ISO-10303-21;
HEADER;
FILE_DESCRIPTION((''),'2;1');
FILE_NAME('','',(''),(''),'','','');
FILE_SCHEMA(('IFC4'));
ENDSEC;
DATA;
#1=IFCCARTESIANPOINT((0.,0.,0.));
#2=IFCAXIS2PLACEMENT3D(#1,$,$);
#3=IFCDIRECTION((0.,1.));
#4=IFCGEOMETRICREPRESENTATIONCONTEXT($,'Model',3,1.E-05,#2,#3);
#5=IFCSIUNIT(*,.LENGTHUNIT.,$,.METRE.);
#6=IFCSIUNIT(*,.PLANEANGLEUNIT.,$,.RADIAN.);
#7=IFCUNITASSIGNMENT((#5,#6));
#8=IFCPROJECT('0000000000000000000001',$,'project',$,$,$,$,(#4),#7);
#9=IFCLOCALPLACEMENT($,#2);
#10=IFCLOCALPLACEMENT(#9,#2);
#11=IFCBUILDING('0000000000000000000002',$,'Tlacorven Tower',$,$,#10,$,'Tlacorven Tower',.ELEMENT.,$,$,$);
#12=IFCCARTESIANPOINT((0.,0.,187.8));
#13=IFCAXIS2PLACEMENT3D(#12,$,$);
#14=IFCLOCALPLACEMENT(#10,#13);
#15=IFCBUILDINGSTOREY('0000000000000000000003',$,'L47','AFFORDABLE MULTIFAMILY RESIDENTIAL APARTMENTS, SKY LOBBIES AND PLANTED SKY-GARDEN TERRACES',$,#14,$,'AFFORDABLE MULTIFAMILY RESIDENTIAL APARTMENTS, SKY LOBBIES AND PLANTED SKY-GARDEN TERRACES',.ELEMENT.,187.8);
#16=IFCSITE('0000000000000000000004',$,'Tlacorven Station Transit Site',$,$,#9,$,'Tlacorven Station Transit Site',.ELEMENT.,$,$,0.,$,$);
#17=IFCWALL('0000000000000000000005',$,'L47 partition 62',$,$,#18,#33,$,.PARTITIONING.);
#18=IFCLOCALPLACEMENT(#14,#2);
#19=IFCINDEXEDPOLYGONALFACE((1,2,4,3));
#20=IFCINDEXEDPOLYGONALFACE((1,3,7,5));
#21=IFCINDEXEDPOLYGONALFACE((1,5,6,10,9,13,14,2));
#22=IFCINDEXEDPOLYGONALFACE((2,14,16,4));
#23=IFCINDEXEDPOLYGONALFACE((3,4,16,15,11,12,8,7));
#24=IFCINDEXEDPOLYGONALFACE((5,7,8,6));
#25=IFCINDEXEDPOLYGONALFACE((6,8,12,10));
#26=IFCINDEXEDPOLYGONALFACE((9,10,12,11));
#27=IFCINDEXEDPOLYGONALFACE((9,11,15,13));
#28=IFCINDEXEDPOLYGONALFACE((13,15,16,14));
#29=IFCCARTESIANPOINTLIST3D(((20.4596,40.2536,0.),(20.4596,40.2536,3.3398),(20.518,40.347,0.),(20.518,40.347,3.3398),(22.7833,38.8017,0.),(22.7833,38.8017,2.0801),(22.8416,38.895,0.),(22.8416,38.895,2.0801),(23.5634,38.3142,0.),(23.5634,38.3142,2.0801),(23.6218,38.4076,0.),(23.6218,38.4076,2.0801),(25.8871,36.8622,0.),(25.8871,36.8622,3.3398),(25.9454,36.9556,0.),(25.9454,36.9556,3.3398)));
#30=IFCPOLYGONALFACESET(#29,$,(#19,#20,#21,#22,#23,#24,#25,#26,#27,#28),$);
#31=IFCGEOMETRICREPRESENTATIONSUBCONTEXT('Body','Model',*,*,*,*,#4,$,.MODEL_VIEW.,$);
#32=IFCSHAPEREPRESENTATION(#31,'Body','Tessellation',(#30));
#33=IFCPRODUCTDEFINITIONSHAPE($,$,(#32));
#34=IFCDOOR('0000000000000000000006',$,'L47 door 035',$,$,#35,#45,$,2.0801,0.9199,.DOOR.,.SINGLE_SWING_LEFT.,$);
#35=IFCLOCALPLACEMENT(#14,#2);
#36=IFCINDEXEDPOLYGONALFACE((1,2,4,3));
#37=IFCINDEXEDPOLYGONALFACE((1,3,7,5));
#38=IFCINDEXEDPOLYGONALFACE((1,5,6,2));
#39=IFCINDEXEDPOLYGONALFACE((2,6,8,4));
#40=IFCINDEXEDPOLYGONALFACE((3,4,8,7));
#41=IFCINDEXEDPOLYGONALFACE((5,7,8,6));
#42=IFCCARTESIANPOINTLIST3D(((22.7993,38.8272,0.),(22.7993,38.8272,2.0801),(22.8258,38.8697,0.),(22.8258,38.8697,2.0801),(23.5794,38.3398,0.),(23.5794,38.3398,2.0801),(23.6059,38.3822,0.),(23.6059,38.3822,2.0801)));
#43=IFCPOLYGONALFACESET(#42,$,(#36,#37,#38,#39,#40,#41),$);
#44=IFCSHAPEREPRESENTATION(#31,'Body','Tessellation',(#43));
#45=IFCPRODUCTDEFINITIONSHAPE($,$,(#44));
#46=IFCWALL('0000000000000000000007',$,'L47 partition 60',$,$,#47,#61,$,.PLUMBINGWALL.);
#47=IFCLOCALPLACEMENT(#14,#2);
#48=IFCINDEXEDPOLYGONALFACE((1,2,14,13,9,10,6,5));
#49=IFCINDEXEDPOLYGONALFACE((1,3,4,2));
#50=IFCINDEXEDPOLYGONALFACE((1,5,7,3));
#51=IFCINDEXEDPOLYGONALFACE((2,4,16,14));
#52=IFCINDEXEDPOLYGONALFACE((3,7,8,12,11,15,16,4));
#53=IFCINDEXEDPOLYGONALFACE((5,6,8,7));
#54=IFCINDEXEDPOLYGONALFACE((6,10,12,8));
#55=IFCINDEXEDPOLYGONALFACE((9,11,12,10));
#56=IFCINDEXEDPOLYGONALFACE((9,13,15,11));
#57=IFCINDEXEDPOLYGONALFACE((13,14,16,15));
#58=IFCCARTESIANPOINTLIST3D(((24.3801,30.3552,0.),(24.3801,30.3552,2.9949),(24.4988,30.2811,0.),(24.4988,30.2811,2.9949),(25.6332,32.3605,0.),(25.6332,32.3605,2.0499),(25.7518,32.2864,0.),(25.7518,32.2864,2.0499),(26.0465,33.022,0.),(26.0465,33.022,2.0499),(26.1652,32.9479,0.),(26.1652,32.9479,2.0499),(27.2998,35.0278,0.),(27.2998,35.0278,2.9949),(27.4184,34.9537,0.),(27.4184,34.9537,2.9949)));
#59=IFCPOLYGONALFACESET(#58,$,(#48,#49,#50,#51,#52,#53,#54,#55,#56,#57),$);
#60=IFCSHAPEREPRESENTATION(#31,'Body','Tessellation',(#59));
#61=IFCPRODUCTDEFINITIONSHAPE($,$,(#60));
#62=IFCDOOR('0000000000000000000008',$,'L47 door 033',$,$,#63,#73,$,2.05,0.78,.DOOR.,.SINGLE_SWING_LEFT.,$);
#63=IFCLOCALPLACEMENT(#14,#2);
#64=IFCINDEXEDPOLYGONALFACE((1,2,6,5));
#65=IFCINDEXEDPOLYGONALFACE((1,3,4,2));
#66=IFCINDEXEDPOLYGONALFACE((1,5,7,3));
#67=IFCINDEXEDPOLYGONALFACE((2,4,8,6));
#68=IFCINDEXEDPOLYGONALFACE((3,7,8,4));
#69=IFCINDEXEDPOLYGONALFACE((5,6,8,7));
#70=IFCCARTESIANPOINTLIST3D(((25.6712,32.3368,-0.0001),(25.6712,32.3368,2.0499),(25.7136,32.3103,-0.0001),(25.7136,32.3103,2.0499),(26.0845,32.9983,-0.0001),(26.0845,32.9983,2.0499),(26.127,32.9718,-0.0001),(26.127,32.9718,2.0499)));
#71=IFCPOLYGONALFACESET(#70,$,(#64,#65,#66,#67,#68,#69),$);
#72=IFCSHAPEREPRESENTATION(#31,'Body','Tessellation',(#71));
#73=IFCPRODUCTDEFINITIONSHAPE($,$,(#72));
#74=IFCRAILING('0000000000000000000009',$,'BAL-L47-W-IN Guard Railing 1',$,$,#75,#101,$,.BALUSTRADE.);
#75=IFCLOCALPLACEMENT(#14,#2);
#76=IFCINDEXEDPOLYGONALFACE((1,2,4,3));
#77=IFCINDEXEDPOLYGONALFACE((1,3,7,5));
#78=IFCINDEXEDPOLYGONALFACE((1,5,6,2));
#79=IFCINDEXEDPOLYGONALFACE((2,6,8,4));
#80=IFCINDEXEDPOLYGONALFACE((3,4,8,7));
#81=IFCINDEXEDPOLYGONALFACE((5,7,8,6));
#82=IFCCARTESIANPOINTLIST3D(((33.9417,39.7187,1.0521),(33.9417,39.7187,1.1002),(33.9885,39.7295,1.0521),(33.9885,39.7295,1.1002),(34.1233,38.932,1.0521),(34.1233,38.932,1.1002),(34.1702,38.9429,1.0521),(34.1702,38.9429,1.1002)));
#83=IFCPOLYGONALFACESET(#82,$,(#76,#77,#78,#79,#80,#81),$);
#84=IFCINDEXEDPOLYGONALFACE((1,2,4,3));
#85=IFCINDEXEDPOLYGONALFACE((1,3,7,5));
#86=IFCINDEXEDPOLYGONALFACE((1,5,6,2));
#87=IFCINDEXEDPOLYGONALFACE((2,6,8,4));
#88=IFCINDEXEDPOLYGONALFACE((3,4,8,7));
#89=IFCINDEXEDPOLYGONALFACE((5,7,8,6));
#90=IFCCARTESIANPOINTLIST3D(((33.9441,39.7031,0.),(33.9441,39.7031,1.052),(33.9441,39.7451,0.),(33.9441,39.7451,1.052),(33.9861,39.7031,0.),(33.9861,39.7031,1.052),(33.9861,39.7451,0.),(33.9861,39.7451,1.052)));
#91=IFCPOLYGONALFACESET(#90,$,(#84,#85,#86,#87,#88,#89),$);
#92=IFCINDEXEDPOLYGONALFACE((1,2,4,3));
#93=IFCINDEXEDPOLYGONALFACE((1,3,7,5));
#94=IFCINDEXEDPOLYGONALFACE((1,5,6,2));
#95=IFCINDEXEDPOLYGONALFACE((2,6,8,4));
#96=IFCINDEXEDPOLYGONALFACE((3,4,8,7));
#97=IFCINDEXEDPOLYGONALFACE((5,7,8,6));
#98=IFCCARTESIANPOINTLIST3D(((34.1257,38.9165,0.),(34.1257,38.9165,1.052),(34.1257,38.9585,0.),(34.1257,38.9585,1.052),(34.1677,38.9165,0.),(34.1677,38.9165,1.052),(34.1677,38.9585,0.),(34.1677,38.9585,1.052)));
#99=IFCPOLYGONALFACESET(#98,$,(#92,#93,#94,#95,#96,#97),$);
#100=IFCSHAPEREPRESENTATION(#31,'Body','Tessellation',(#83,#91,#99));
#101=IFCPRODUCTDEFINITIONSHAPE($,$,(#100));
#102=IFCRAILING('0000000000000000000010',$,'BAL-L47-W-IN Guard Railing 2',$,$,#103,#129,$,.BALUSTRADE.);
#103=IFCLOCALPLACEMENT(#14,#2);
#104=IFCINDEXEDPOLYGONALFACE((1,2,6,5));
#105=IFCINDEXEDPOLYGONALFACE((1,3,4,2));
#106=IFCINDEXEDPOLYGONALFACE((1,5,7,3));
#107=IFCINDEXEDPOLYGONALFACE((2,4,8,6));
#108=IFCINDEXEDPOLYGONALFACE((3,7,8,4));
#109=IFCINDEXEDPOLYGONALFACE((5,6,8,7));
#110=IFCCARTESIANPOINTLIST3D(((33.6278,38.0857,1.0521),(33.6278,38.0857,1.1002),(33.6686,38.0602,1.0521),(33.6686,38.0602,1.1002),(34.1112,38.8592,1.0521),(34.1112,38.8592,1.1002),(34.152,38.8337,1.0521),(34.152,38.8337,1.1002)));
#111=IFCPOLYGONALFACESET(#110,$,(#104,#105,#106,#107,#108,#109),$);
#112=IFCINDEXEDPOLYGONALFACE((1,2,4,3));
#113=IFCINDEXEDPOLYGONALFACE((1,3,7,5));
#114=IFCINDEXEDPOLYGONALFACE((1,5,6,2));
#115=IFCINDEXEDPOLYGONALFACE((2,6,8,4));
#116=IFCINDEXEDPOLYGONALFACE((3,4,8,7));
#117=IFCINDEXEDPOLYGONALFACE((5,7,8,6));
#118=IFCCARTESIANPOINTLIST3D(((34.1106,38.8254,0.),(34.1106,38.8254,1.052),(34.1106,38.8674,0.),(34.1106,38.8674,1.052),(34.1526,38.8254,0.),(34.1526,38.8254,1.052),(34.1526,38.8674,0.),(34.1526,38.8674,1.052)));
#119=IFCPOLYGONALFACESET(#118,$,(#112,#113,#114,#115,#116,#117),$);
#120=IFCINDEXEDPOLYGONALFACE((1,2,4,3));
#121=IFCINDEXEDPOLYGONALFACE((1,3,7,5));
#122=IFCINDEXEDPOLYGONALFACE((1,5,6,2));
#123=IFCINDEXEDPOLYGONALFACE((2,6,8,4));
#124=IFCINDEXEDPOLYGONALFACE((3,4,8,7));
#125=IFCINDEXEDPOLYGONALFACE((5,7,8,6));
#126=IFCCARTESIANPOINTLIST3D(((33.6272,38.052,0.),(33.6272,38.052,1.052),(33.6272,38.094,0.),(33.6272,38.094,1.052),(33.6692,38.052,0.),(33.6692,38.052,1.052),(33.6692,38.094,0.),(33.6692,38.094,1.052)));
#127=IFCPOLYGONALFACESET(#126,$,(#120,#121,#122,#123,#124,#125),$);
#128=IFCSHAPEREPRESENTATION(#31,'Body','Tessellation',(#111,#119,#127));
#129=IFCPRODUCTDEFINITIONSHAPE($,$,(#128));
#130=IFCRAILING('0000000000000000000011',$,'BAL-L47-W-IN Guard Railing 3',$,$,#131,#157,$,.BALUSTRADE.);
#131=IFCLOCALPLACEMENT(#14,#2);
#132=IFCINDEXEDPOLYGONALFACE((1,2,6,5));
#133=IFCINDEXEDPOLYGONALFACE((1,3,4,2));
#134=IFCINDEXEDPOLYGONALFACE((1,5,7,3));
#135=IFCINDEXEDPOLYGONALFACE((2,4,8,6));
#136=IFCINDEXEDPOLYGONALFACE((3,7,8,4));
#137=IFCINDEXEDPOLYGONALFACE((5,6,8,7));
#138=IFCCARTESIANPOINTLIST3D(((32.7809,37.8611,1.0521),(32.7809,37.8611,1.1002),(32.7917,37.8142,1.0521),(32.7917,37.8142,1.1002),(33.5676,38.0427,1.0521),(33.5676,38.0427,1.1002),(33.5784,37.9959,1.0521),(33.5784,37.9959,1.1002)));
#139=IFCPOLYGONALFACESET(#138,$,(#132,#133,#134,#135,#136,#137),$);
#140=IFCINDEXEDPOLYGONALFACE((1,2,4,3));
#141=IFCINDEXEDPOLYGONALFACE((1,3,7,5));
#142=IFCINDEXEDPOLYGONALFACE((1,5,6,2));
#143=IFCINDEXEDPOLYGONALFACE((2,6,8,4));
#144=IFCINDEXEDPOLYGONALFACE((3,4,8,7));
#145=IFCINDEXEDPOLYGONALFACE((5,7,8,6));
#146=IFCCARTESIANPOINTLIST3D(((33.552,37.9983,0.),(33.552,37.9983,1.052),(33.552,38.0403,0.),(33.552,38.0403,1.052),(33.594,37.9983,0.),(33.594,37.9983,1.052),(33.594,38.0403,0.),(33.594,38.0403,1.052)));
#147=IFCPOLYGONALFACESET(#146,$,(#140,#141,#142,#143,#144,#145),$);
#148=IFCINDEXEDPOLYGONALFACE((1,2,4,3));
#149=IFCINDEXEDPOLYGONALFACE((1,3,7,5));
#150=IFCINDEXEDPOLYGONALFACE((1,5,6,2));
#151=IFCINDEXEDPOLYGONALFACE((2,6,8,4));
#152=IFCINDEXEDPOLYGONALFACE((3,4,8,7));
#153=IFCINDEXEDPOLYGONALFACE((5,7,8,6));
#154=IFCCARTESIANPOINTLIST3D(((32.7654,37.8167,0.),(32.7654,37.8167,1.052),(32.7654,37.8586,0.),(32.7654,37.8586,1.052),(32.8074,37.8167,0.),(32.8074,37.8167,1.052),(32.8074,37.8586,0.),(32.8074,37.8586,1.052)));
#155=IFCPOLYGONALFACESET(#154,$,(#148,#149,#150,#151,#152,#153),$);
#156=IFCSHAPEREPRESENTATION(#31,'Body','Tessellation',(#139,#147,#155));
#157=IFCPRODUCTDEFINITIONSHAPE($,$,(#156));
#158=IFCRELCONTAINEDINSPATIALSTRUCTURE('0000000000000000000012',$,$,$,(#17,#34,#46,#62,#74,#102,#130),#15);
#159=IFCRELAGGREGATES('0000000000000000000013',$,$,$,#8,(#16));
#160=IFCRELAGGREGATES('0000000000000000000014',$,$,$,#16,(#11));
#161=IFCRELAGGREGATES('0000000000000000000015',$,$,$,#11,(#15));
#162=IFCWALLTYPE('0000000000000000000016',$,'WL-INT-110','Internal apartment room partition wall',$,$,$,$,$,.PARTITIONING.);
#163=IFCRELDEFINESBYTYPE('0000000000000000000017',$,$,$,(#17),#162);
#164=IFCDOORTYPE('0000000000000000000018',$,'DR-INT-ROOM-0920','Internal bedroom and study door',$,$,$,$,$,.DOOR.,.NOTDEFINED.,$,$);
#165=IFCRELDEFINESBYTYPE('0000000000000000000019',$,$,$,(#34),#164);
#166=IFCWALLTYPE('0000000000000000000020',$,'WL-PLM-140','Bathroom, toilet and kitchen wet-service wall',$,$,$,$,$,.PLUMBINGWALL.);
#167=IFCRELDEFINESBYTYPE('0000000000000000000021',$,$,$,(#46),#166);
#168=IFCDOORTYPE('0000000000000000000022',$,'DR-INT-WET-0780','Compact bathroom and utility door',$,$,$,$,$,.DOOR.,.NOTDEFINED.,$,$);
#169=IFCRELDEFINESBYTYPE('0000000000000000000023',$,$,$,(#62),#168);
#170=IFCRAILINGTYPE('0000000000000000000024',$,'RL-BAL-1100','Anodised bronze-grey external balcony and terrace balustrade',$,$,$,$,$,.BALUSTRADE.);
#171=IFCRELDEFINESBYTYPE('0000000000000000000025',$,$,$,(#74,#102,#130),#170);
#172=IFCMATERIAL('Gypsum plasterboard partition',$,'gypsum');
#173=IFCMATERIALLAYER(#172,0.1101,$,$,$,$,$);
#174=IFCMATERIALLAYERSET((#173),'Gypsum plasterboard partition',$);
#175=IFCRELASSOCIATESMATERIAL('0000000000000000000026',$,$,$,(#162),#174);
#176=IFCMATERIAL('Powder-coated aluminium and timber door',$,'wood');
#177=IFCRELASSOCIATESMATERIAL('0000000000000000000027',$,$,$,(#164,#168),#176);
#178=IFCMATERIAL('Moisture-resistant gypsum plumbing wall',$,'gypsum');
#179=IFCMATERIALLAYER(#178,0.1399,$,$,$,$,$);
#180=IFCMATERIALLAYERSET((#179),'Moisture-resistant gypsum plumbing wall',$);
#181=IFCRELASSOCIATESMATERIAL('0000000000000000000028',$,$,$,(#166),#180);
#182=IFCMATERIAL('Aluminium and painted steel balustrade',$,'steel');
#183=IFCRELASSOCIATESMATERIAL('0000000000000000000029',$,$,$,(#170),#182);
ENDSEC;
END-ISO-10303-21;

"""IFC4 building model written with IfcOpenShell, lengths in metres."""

from ifc_helpers import new_model, si_unit, direction, frame, frame_2d, origin, origin_2d, place, context, subcontext, project, spatial, rectangle, extrude, source, transform, mapped, material, layer, layer_set, type_object, element, fill, save


model = new_model("IFC4")

# Units and contexts
model_context = context("Model", 3, precision=1e-05, world=origin(), true_north=direction((0.0, 1.0)))
body_context = subcontext(model_context, "Body", "Model", "MODEL_VIEW")
ifc_project = project(units=[si_unit("LENGTHUNIT", "METRE"), si_unit("PLANEANGLEUNIT", "RADIAN")], contexts=[model_context])

# Site, building, storey
site_placement = place(None, origin())
site = spatial("IfcSite", under=ifc_project, at=site_placement, Name="Tlacorven Station Transit Site", LongName="Tlacorven Station Transit Site", CompositionType="ELEMENT", RefElevation=0.0)
building_placement = place(site_placement, origin())
building = spatial("IfcBuilding", under=site, at=building_placement, Name="Tlacorven Tower", LongName="Tlacorven Tower", CompositionType="ELEMENT")
storey_placement = place(building_placement, frame((0.0, 0.0, 187.8)))
storey = spatial("IfcBuildingStorey", under=building, at=storey_placement, Name="L47", Description="AFFORDABLE MULTIFAMILY RESIDENTIAL APARTMENTS, SKY LOBBIES AND PLANTED SKY-GARDEN TERRACES", LongName="AFFORDABLE MULTIFAMILY RESIDENTIAL APARTMENTS, SKY LOBBIES AND PLANTED SKY-GARDEN TERRACES", CompositionType="ELEMENT", Elevation=187.8)

# Walls, openings, doors
ifc_material_1 = material(Name="Gypsum plasterboard partition", Category="gypsum")
ifc_layer_1 = layer(ifc_material_1, 0.1101)
ifc_layer_set_1 = layer_set([ifc_layer_1], Name="Gypsum plasterboard partition")
wall_type_1 = type_object("IfcWallType", Name="WL-INT-110", Description="Internal apartment room partition wall", PredefinedType="PARTITIONING", material=ifc_layer_set_1)
wall_1_placement = place(storey_placement, frame((25.9163, 36.9089, 0.0), z_axis=(0.0, 0.0, 1.0), x_axis=(-0.848056, 0.529906, 0.0)))
wall_1 = element("IfcWall", 1, at=wall_1_placement, inside=storey, type_object=wall_type_1, Name="L47 partition 62", PredefinedType="PARTITIONING", context=body_context, shape_type="SweptSolid", body=[
    extrude(rectangle(XDim=6.3999, YDim=0.1101, at=frame_2d((3.2, 0.0))), origin(), (0.0, 0.0, 1.0), 3.3398),
])
opening_1_placement = place(wall_1_placement, frame((2.74, 0.0, 0.0)))
opening_1 = element("IfcOpeningElement", 2, at=opening_1_placement, cuts=wall_1, PredefinedType="OPENING", context=body_context, shape_type="SweptSolid", body=[
    extrude(rectangle(XDim=0.9199, YDim=2.0801, at=frame_2d((0.46, 1.04))), frame((0.0, 0.0649, 0.0), z_axis=(0.0, -1.0, 0.0), x_axis=(1.0, 0.0, 0.0)), (0.0, 0.0, 1.0), 0.1301),
])
ifc_material_2 = material(Name="Powder-coated aluminium and timber door", Category="wood")
door_type_1 = type_object("IfcDoorType", Name="DR-INT-ROOM-0920", Description="Internal bedroom and study door", OperationType="NOTDEFINED", PredefinedType="DOOR", material=ifc_material_2)
shared_shape_1 = source(origin(), body_context, "Body", "SweptSolid", [
    extrude(rectangle(XDim=0.9199, YDim=2.0801, at=frame_2d((0.46, 1.04))), frame((0.0, 0.0249, 0.0), z_axis=(0.0, -1.0, 0.0), x_axis=(1.0, 0.0, 0.0)), (0.0, 0.0, 1.0), 0.05),
])
door_1_placement = place(opening_1_placement, origin())
door_1 = element("IfcDoor", 3, at=door_1_placement, inside=storey, type_object=door_type_1, Name="L47 door 035", OperationType="SINGLE_SWING_LEFT", OverallHeight=2.0801, OverallWidth=0.9199, PredefinedType="DOOR", context=body_context, shape_type="MappedRepresentation", body=[
    mapped(shared_shape_1, transform((0.0, 0.0, 0.0), scale=1.0)),
])
fill(opening_1, door_1)
ifc_material_3 = material(Name="Moisture-resistant gypsum plumbing wall", Category="gypsum")
ifc_layer_2 = layer(ifc_material_3, 0.1399)
ifc_layer_set_2 = layer_set([ifc_layer_2], Name="Moisture-resistant gypsum plumbing wall")
wall_type_2 = type_object("IfcWallType", Name="WL-PLM-140", Description="Bathroom, toilet and kitchen wet-service wall", PredefinedType="PLUMBINGWALL", material=ifc_layer_set_2)
wall_2_placement = place(storey_placement, frame((27.3591, 34.9907, 0.0), z_axis=(0.0, 0.0, 1.0), x_axis=(-0.529907, -0.848056, 0.0)))
wall_2 = element("IfcWall", 4, at=wall_2_placement, inside=storey, type_object=wall_type_2, Name="L47 partition 60", PredefinedType="PLUMBINGWALL", context=body_context, shape_type="SweptSolid", body=[
    extrude(rectangle(XDim=5.5098, YDim=0.1399, at=frame_2d((2.7549, 0.0))), origin(), (0.0, 0.0, 1.0), 2.9949),
])
opening_2_placement = place(wall_2_placement, frame((2.365, 0.0, 0.0)))
opening_2 = element("IfcOpeningElement", 5, at=opening_2_placement, cuts=wall_2, PredefinedType="OPENING", context=body_context, shape_type="SweptSolid", body=[
    extrude(rectangle(XDim=0.78, YDim=2.05, at=frame_2d((0.3901, 1.0249))), frame((0.0, 0.0801, 0.0), z_axis=(0.0, -1.0, 0.0), x_axis=(1.0, 0.0, 0.0)), (0.0, 0.0, 1.0), 0.1599),
])
door_type_2 = type_object("IfcDoorType", Name="DR-INT-WET-0780", Description="Compact bathroom and utility door", OperationType="NOTDEFINED", PredefinedType="DOOR", material=ifc_material_2)
shared_shape_2 = source(origin(), body_context, "Body", "SweptSolid", [
    extrude(rectangle(XDim=0.78, YDim=2.05, at=frame_2d((0.3901, 1.0249))), frame((0.0, 0.0249, 0.0), z_axis=(0.0, -1.0, 0.0), x_axis=(1.0, 0.0, 0.0)), (0.0, 0.0, 1.0), 0.05),
])
door_2_placement = place(opening_2_placement, origin())
door_2 = element("IfcDoor", 6, at=door_2_placement, inside=storey, type_object=door_type_2, Name="L47 door 033", OperationType="SINGLE_SWING_LEFT", OverallHeight=2.05, OverallWidth=0.78, PredefinedType="DOOR", context=body_context, shape_type="MappedRepresentation", body=[
    mapped(shared_shape_2, transform((0.0, 0.0, 0.0), scale=1.0)),
])
fill(opening_2, door_2)

# Railings
ifc_material_4 = material(Name="Aluminium and painted steel balustrade", Category="steel")
railing_type = type_object("IfcRailingType", Name="RL-BAL-1100", Description="Anodised bronze-grey external balcony and terrace balustrade", PredefinedType="BALUSTRADE", material=ifc_material_4)
shared_shape_3 = source(origin(), body_context, "Body", "SweptSolid", [
    extrude(rectangle(XDim=0.0481, YDim=0.0481, at=origin_2d()), frame((0.0, 0.0, 1.0762), z_axis=(0.224992, -0.974361, 0.0), x_axis=(0.974361, 0.224992, 0.0)), (0.0, 0.0, 1.0), 0.8074),
    extrude(rectangle(XDim=0.042, YDim=0.042, at=origin_2d()), origin(), (0.0, 0.0, 1.0), 1.052),
    extrude(rectangle(XDim=0.042, YDim=0.042, at=origin_2d()), frame((0.1816, -0.7866, 0.0)), (0.0, 0.0, 1.0), 1.052),
])
railing_1_placement = place(storey_placement, frame((33.9651, 39.7241, 0.0)))
element("IfcRailing", 7, at=railing_1_placement, inside=storey, type_object=railing_type, Name="BAL-L47-W-IN Guard Railing 1", PredefinedType="BALUSTRADE", context=body_context, shape_type="MappedRepresentation", body=[
    mapped(shared_shape_3, transform((0.0, 0.0, 0.0), scale=1.0)),
])
shared_shape_4 = source(origin(), body_context, "Body", "SweptSolid", [
    extrude(rectangle(XDim=0.0481, YDim=0.0481, at=origin_2d()), frame((0.0, 0.0, 1.0762), z_axis=(-0.529999, -0.847998, 0.0), x_axis=(0.847998, -0.529999, 0.0)), (0.0, 0.0, 1.0), 0.9121),
    extrude(rectangle(XDim=0.042, YDim=0.042, at=origin_2d()), origin(), (0.0, 0.0, 1.0), 1.052),
    extrude(rectangle(XDim=0.042, YDim=0.042, at=origin_2d()), frame((-0.4834, -0.7734, 0.0)), (0.0, 0.0, 1.0), 1.052),
])
railing_2_placement = place(storey_placement, frame((34.1316, 38.8464, 0.0)))
element("IfcRailing", 8, at=railing_2_placement, inside=storey, type_object=railing_type, Name="BAL-L47-W-IN Guard Railing 2", PredefinedType="BALUSTRADE", context=body_context, shape_type="MappedRepresentation", body=[
    mapped(shared_shape_4, transform((0.0, 0.0, 0.0), scale=1.0)),
])
shared_shape_5 = source(origin(), body_context, "Body", "SweptSolid", [
    extrude(rectangle(XDim=0.0481, YDim=0.0481, at=origin_2d()), frame((0.0, 0.0, 1.0762), z_axis=(-0.974361, -0.224992, 0.0), x_axis=(0.224992, -0.974361, 0.0)), (0.0, 0.0, 1.0), 0.8074),
    extrude(rectangle(XDim=0.042, YDim=0.042, at=origin_2d()), origin(), (0.0, 0.0, 1.0), 1.052),
    extrude(rectangle(XDim=0.042, YDim=0.042, at=origin_2d()), frame((-0.7866, -0.1816, 0.0)), (0.0, 0.0, 1.0), 1.052),
])
railing_3_placement = place(storey_placement, frame((33.573, 38.0193, 0.0)))
element("IfcRailing", 9, at=railing_3_placement, inside=storey, type_object=railing_type, Name="BAL-L47-W-IN Guard Railing 3", PredefinedType="BALUSTRADE", context=body_context, shape_type="MappedRepresentation", body=[
    mapped(shared_shape_5, transform((0.0, 0.0, 0.0), scale=1.0)),
])

save(model, "model.ifc")
